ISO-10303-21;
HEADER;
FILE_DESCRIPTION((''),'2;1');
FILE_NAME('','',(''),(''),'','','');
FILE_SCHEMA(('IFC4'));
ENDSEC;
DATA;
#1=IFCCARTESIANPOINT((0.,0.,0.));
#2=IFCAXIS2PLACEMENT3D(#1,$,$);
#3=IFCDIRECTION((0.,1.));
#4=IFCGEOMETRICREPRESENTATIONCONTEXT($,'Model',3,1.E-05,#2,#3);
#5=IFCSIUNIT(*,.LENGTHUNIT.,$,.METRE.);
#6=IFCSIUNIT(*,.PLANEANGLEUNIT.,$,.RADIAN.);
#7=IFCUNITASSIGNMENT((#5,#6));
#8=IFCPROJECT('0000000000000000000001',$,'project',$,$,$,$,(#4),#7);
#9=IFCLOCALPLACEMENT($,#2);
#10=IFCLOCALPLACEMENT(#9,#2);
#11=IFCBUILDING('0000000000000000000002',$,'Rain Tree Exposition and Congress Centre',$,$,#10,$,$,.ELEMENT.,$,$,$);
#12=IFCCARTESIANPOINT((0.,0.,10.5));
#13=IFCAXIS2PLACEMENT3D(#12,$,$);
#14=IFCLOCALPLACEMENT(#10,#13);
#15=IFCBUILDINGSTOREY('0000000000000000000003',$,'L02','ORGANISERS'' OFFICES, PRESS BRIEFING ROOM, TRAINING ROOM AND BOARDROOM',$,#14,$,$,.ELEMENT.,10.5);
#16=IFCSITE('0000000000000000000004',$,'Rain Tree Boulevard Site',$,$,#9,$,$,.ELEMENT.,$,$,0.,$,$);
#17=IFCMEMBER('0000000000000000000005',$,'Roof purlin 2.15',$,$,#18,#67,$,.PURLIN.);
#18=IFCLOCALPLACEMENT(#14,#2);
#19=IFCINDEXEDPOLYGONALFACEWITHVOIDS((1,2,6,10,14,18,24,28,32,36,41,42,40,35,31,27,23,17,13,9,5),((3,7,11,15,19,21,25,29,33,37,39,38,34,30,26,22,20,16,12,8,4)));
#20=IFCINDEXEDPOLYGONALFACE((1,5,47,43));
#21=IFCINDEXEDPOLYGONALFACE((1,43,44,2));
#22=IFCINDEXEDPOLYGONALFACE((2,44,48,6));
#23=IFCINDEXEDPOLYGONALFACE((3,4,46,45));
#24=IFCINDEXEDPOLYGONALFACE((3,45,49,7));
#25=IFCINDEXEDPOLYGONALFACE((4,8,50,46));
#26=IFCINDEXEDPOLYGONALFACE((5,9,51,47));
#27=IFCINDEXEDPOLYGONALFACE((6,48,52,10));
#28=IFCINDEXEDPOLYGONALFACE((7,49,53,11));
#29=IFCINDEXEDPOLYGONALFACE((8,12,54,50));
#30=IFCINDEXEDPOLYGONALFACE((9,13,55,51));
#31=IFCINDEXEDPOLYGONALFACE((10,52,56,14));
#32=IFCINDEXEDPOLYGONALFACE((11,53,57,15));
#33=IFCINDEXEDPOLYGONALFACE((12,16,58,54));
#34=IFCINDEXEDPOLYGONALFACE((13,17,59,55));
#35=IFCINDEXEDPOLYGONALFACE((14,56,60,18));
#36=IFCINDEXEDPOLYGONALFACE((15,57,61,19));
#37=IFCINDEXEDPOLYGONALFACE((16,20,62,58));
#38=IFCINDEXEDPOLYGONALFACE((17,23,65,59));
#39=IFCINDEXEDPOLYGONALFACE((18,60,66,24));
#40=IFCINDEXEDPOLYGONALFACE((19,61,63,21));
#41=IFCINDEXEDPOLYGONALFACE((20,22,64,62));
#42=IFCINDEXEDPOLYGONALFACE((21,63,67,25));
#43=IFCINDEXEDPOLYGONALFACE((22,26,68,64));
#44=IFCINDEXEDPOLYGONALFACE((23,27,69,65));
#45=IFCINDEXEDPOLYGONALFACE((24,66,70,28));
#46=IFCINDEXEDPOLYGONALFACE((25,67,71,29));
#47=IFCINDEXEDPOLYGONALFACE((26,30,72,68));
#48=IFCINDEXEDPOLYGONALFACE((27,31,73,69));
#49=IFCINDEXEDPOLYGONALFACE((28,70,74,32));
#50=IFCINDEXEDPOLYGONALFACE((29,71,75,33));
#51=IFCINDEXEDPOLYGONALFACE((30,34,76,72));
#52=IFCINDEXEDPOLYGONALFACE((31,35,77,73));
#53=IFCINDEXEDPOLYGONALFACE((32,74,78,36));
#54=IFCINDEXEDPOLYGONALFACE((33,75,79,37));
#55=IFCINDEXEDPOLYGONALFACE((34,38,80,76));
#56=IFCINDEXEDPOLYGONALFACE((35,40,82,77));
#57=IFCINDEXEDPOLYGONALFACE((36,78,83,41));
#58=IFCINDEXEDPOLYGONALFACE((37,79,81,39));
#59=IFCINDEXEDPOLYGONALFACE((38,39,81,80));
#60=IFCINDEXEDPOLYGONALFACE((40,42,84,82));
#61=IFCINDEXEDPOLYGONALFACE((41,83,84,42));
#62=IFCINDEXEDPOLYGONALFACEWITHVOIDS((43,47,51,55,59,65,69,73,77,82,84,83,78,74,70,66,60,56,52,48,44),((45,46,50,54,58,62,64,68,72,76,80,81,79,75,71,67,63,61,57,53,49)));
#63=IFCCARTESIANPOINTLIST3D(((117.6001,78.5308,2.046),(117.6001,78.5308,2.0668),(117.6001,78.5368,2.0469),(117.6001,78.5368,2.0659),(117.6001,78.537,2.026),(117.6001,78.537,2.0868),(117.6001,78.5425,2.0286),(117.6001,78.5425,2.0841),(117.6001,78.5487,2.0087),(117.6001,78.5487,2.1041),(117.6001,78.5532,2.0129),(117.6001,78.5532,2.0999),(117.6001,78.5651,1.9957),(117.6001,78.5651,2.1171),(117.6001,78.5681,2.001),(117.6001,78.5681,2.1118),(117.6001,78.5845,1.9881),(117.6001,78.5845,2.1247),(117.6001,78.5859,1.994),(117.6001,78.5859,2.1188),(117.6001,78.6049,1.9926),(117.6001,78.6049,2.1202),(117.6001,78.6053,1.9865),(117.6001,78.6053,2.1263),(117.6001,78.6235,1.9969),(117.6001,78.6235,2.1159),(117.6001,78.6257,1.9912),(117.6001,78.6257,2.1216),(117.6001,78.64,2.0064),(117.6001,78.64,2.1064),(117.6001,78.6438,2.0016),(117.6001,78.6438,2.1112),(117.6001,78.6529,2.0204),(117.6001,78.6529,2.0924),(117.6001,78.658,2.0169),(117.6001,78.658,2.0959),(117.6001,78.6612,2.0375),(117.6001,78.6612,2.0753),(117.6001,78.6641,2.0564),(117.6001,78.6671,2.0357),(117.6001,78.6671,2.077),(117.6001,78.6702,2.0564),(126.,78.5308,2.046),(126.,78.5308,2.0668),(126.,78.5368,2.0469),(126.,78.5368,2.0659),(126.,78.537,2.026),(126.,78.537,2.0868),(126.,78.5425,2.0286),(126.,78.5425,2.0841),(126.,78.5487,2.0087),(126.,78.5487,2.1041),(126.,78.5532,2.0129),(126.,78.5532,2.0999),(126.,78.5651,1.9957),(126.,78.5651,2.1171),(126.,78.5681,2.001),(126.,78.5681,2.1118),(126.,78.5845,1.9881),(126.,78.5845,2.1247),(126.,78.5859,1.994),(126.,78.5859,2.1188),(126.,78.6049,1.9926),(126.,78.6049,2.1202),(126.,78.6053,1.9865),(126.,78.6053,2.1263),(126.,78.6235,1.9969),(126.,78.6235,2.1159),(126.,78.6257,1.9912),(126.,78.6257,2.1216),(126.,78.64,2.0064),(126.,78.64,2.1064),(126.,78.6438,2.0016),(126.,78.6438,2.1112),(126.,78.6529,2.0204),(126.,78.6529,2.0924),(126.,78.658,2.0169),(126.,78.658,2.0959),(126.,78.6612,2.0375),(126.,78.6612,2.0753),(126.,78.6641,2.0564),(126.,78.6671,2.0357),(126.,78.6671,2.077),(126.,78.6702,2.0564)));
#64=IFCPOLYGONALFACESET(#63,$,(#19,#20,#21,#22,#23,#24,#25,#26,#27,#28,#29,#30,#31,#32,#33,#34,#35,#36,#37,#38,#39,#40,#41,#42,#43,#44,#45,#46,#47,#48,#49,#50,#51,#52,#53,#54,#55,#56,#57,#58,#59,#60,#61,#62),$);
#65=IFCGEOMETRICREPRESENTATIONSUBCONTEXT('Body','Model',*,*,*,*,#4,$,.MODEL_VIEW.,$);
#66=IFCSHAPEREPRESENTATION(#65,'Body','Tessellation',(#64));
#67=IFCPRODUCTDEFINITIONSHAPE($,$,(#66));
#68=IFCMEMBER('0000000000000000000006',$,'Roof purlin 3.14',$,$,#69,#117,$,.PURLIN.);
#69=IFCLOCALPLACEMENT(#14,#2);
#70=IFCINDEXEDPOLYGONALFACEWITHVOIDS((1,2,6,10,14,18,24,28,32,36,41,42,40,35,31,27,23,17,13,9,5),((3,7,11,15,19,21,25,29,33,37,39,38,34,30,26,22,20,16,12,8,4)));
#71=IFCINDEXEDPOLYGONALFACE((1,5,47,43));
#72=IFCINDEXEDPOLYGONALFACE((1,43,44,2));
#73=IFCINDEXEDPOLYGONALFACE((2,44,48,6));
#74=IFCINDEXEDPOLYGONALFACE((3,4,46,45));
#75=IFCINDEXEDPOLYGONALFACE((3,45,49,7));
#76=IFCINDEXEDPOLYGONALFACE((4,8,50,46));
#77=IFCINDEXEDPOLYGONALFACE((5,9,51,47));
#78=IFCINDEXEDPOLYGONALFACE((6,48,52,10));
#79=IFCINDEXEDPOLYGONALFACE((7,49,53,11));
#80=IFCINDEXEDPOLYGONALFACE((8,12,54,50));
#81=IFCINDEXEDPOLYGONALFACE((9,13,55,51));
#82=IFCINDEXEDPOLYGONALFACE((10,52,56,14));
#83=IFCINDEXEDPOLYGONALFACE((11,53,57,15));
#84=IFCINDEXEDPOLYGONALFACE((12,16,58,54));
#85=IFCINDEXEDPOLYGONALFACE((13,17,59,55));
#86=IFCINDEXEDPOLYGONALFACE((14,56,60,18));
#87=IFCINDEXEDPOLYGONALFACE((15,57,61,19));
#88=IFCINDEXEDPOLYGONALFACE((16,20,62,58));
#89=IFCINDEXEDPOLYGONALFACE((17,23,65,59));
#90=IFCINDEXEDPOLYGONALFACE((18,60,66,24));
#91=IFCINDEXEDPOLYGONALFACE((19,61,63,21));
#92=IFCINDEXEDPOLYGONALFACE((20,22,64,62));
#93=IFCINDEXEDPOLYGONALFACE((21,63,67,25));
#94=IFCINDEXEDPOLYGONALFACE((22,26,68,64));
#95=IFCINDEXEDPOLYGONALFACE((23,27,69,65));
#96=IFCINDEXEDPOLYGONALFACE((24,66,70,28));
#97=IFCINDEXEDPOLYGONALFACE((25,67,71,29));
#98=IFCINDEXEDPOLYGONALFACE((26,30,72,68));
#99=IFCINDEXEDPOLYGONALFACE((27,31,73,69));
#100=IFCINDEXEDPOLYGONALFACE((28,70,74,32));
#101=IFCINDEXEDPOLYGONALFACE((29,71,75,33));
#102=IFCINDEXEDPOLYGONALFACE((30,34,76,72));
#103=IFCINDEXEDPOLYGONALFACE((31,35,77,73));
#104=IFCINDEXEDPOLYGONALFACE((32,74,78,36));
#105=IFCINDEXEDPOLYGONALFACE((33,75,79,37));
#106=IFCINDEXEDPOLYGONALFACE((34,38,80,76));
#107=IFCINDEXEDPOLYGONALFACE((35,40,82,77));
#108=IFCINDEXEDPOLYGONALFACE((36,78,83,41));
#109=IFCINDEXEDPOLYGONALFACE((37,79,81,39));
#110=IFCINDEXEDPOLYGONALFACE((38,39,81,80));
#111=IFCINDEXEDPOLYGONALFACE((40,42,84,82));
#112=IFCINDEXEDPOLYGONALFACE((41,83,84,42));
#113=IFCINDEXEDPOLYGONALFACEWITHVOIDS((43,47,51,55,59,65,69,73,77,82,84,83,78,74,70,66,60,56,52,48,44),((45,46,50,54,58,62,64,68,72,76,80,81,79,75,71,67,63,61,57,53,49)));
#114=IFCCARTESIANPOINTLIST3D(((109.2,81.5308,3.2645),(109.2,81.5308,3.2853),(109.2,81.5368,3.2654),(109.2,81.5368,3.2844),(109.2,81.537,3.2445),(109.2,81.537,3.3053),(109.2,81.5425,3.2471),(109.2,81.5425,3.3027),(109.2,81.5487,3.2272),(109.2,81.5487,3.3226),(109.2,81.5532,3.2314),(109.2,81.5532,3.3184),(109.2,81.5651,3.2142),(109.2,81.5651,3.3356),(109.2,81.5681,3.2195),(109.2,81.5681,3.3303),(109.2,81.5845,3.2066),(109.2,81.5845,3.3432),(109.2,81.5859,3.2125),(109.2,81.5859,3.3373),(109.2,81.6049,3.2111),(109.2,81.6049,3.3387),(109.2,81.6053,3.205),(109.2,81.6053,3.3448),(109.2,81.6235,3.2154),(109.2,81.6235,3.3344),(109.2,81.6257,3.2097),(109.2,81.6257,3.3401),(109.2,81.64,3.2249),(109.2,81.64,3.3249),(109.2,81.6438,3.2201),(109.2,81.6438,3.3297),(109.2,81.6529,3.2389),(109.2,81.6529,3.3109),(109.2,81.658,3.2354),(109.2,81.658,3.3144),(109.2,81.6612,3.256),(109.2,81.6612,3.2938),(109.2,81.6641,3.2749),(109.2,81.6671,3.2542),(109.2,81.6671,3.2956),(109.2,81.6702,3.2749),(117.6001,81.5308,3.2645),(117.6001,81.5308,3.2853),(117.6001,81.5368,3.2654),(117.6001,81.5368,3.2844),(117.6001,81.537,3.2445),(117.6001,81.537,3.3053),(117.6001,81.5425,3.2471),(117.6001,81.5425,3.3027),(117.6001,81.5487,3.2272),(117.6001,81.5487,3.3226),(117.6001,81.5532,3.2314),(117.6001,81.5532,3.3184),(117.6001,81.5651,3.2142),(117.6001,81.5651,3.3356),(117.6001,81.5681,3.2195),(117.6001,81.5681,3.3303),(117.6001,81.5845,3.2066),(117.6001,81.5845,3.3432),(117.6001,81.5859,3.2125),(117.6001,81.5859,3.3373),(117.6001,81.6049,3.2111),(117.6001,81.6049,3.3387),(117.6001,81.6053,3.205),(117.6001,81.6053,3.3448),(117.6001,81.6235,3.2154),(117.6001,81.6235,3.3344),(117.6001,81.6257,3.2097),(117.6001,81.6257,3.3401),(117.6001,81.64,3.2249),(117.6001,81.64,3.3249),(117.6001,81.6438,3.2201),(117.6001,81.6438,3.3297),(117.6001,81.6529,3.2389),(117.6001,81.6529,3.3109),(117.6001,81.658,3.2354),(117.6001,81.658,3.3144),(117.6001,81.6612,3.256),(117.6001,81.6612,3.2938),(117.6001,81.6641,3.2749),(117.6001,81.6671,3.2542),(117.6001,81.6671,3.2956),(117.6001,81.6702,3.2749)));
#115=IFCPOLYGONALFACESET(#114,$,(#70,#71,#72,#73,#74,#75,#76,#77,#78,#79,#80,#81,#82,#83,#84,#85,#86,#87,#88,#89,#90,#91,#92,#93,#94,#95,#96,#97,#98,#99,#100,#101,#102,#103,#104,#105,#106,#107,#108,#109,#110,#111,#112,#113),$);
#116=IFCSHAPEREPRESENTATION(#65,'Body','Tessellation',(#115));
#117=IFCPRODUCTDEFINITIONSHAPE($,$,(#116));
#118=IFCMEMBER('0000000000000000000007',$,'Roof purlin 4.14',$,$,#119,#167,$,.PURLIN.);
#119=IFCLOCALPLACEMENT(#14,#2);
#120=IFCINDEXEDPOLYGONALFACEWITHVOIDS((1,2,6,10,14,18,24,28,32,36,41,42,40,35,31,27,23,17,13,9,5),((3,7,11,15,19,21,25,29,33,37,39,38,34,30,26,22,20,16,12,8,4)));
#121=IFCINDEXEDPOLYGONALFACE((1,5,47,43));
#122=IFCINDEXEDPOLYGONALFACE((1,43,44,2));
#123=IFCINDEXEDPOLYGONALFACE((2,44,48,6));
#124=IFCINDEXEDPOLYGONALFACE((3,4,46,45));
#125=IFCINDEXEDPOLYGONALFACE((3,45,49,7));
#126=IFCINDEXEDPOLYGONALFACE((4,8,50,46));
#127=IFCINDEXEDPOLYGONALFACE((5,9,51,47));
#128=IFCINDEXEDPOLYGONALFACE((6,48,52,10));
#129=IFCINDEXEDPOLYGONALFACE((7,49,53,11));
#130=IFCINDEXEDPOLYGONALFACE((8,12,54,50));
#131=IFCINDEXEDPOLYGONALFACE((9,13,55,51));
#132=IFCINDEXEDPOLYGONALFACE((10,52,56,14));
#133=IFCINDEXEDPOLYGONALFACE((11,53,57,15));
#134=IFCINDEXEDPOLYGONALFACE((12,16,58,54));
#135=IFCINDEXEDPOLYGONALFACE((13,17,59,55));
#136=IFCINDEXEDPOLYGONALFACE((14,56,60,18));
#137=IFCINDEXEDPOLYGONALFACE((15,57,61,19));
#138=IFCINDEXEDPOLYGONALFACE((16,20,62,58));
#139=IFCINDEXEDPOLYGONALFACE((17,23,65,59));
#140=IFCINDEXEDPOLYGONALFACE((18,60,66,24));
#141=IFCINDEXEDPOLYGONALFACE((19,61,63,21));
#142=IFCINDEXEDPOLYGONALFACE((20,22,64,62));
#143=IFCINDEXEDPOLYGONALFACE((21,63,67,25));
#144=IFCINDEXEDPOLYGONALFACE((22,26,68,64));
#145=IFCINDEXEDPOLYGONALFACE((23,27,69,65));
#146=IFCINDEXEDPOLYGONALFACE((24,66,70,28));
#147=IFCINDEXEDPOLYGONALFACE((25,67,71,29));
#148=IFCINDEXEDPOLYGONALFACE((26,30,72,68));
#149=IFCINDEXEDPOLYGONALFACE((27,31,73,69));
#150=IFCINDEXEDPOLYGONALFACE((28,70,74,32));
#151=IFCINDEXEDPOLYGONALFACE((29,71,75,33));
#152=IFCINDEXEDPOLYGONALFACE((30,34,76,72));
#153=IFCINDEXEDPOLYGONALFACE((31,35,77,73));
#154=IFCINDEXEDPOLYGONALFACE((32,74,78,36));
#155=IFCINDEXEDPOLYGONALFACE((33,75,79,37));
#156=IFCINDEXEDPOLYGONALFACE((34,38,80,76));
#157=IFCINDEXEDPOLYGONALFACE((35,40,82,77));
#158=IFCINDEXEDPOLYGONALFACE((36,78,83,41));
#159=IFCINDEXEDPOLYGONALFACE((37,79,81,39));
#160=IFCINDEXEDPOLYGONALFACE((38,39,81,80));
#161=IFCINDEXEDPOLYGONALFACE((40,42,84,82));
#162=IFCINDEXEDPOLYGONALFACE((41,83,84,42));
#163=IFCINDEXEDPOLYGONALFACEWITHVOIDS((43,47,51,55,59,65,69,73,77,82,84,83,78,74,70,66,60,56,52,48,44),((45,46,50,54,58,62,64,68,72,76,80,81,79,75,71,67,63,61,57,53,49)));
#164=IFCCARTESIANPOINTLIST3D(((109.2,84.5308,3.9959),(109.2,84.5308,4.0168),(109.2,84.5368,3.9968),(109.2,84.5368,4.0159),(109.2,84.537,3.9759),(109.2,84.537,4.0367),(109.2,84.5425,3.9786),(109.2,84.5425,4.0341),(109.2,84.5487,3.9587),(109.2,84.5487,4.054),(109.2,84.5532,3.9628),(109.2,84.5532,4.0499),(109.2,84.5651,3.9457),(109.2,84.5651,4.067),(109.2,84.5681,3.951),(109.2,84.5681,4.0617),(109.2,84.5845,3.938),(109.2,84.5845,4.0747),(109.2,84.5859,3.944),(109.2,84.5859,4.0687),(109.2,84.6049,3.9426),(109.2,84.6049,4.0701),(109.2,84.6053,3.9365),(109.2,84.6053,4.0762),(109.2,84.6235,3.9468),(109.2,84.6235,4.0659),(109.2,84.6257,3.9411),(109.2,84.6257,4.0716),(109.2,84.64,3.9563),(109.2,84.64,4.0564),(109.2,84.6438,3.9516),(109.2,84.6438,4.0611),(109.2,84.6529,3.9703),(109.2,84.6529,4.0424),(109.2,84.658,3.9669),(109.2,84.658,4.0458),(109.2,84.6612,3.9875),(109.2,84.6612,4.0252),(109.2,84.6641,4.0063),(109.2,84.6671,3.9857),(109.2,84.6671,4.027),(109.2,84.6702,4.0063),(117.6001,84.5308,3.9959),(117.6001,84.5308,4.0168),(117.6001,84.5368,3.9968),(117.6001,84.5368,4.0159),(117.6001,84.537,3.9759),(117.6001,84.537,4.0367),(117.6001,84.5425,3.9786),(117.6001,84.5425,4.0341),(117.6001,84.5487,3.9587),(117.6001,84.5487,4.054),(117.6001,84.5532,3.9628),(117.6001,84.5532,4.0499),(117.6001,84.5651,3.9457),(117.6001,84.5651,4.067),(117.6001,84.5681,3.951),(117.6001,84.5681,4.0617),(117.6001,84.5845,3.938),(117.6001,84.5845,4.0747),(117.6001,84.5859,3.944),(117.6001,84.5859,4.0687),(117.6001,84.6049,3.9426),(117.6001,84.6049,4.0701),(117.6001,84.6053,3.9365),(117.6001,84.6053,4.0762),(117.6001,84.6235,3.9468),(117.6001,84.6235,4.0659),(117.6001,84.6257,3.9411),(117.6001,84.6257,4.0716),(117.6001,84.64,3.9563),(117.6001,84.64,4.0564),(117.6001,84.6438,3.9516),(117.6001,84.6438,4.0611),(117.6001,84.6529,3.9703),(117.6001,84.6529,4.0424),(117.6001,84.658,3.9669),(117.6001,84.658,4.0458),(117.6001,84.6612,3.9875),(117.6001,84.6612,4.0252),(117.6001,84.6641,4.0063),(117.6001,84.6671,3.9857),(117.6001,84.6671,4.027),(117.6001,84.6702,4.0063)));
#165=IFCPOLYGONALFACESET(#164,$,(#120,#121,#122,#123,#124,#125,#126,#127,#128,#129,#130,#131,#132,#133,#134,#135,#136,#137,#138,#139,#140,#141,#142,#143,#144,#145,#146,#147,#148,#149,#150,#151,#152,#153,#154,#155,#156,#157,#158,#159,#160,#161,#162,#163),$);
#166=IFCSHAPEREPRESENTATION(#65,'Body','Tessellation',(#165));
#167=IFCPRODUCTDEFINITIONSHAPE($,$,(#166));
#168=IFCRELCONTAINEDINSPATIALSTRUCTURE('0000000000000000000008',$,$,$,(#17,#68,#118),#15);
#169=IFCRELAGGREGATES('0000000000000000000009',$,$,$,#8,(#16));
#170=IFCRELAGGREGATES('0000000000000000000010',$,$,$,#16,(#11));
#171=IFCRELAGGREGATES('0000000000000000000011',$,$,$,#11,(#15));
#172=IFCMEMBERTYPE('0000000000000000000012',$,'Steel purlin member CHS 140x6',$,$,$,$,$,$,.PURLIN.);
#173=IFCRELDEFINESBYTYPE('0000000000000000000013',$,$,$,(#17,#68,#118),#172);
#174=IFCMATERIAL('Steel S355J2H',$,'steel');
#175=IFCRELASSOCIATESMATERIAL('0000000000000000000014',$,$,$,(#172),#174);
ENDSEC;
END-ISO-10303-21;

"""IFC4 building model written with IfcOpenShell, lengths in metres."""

from ifc_helpers import new_model, si_unit, direction, frame, origin, origin_2d, place, context, subcontext, project, spatial, hollow_circle, extrude, material, material_profile, profile_set, type_object, element, save


model = new_model("IFC4")

# Units and contexts
model_context = context("Model", 3, precision=1e-05, world=origin(), true_north=direction((0.0, 1.0)))
body_context = subcontext(model_context, "Body", "Model", "MODEL_VIEW")
ifc_project = project(units=[si_unit("LENGTHUNIT", "METRE"), si_unit("PLANEANGLEUNIT", "RADIAN")], contexts=[model_context])

# Site, building, storey
site_placement = place(None, origin())
site = spatial("IfcSite", under=ifc_project, at=site_placement, Name="Rain Tree Boulevard Site", CompositionType="ELEMENT", RefElevation=0.0)
building_placement = place(site_placement, origin())
building = spatial("IfcBuilding", under=site, at=building_placement, Name="Rain Tree Exposition and Congress Centre", CompositionType="ELEMENT")
storey_placement = place(building_placement, frame((0.0, 0.0, 10.5)))
storey = spatial("IfcBuildingStorey", under=building, at=storey_placement, Name="L02", Description="ORGANISERS' OFFICES, PRESS BRIEFING ROOM, TRAINING ROOM AND BOARDROOM", CompositionType="ELEMENT", Elevation=10.5)

# Members
ifc_material_1 = material(Name="Steel S355J2H", Category="steel")
ifc_material_profile_1 = material_profile(ifc_material_1, hollow_circle(Radius=0.0701, WallThickness=0.0061, at=origin_2d()), Name="CHS 140x6")
ifc_profile_set_1 = profile_set([ifc_material_profile_1], Name="Steel S355J2H")
member_type_1 = type_object("IfcMemberType", Name="Steel purlin member CHS 140x6", PredefinedType="PURLIN", material=ifc_profile_set_1)
for number, where, z_axis, x_axis, name in (
    (1, (117.6001, 78.6001, 2.0564), (1.0, 0.0, 0.0), (0.0, 1.0, 0.0), "Roof purlin 2.15"),
):
    element("IfcMember", number, at=place(storey_placement, frame(where, z_axis=z_axis, x_axis=x_axis)), inside=storey, type_object=member_type_1, Name=name, PredefinedType="PURLIN", context=body_context, shape_type="SweptSolid", body=[
        extrude(hollow_circle(Radius=0.0701, WallThickness=0.0061, at=origin_2d()), origin(), (0.0, 0.0, 1.0), 8.3999),
    ])
for number, where, z_axis, x_axis, name in (
    (2, (109.2, 81.6001, 3.2749), (1.0, 0.0, 0.0), (0.0, 1.0, 0.0), "Roof purlin 3.14"),
    (3, (109.2, 84.6001, 4.0063), (1.0, 0.0, 0.0), (0.0, 1.0, 0.0), "Roof purlin 4.14"),
):
    element("IfcMember", number, at=place(storey_placement, frame(where, z_axis=z_axis, x_axis=x_axis)), inside=storey, type_object=member_type_1, Name=name, PredefinedType="PURLIN", context=body_context, shape_type="SweptSolid", body=[
        extrude(hollow_circle(Radius=0.0701, WallThickness=0.0061, at=origin_2d()), origin(), (0.0, 0.0, 1.0), 8.4001),
    ])

save(model, "model.ifc")
